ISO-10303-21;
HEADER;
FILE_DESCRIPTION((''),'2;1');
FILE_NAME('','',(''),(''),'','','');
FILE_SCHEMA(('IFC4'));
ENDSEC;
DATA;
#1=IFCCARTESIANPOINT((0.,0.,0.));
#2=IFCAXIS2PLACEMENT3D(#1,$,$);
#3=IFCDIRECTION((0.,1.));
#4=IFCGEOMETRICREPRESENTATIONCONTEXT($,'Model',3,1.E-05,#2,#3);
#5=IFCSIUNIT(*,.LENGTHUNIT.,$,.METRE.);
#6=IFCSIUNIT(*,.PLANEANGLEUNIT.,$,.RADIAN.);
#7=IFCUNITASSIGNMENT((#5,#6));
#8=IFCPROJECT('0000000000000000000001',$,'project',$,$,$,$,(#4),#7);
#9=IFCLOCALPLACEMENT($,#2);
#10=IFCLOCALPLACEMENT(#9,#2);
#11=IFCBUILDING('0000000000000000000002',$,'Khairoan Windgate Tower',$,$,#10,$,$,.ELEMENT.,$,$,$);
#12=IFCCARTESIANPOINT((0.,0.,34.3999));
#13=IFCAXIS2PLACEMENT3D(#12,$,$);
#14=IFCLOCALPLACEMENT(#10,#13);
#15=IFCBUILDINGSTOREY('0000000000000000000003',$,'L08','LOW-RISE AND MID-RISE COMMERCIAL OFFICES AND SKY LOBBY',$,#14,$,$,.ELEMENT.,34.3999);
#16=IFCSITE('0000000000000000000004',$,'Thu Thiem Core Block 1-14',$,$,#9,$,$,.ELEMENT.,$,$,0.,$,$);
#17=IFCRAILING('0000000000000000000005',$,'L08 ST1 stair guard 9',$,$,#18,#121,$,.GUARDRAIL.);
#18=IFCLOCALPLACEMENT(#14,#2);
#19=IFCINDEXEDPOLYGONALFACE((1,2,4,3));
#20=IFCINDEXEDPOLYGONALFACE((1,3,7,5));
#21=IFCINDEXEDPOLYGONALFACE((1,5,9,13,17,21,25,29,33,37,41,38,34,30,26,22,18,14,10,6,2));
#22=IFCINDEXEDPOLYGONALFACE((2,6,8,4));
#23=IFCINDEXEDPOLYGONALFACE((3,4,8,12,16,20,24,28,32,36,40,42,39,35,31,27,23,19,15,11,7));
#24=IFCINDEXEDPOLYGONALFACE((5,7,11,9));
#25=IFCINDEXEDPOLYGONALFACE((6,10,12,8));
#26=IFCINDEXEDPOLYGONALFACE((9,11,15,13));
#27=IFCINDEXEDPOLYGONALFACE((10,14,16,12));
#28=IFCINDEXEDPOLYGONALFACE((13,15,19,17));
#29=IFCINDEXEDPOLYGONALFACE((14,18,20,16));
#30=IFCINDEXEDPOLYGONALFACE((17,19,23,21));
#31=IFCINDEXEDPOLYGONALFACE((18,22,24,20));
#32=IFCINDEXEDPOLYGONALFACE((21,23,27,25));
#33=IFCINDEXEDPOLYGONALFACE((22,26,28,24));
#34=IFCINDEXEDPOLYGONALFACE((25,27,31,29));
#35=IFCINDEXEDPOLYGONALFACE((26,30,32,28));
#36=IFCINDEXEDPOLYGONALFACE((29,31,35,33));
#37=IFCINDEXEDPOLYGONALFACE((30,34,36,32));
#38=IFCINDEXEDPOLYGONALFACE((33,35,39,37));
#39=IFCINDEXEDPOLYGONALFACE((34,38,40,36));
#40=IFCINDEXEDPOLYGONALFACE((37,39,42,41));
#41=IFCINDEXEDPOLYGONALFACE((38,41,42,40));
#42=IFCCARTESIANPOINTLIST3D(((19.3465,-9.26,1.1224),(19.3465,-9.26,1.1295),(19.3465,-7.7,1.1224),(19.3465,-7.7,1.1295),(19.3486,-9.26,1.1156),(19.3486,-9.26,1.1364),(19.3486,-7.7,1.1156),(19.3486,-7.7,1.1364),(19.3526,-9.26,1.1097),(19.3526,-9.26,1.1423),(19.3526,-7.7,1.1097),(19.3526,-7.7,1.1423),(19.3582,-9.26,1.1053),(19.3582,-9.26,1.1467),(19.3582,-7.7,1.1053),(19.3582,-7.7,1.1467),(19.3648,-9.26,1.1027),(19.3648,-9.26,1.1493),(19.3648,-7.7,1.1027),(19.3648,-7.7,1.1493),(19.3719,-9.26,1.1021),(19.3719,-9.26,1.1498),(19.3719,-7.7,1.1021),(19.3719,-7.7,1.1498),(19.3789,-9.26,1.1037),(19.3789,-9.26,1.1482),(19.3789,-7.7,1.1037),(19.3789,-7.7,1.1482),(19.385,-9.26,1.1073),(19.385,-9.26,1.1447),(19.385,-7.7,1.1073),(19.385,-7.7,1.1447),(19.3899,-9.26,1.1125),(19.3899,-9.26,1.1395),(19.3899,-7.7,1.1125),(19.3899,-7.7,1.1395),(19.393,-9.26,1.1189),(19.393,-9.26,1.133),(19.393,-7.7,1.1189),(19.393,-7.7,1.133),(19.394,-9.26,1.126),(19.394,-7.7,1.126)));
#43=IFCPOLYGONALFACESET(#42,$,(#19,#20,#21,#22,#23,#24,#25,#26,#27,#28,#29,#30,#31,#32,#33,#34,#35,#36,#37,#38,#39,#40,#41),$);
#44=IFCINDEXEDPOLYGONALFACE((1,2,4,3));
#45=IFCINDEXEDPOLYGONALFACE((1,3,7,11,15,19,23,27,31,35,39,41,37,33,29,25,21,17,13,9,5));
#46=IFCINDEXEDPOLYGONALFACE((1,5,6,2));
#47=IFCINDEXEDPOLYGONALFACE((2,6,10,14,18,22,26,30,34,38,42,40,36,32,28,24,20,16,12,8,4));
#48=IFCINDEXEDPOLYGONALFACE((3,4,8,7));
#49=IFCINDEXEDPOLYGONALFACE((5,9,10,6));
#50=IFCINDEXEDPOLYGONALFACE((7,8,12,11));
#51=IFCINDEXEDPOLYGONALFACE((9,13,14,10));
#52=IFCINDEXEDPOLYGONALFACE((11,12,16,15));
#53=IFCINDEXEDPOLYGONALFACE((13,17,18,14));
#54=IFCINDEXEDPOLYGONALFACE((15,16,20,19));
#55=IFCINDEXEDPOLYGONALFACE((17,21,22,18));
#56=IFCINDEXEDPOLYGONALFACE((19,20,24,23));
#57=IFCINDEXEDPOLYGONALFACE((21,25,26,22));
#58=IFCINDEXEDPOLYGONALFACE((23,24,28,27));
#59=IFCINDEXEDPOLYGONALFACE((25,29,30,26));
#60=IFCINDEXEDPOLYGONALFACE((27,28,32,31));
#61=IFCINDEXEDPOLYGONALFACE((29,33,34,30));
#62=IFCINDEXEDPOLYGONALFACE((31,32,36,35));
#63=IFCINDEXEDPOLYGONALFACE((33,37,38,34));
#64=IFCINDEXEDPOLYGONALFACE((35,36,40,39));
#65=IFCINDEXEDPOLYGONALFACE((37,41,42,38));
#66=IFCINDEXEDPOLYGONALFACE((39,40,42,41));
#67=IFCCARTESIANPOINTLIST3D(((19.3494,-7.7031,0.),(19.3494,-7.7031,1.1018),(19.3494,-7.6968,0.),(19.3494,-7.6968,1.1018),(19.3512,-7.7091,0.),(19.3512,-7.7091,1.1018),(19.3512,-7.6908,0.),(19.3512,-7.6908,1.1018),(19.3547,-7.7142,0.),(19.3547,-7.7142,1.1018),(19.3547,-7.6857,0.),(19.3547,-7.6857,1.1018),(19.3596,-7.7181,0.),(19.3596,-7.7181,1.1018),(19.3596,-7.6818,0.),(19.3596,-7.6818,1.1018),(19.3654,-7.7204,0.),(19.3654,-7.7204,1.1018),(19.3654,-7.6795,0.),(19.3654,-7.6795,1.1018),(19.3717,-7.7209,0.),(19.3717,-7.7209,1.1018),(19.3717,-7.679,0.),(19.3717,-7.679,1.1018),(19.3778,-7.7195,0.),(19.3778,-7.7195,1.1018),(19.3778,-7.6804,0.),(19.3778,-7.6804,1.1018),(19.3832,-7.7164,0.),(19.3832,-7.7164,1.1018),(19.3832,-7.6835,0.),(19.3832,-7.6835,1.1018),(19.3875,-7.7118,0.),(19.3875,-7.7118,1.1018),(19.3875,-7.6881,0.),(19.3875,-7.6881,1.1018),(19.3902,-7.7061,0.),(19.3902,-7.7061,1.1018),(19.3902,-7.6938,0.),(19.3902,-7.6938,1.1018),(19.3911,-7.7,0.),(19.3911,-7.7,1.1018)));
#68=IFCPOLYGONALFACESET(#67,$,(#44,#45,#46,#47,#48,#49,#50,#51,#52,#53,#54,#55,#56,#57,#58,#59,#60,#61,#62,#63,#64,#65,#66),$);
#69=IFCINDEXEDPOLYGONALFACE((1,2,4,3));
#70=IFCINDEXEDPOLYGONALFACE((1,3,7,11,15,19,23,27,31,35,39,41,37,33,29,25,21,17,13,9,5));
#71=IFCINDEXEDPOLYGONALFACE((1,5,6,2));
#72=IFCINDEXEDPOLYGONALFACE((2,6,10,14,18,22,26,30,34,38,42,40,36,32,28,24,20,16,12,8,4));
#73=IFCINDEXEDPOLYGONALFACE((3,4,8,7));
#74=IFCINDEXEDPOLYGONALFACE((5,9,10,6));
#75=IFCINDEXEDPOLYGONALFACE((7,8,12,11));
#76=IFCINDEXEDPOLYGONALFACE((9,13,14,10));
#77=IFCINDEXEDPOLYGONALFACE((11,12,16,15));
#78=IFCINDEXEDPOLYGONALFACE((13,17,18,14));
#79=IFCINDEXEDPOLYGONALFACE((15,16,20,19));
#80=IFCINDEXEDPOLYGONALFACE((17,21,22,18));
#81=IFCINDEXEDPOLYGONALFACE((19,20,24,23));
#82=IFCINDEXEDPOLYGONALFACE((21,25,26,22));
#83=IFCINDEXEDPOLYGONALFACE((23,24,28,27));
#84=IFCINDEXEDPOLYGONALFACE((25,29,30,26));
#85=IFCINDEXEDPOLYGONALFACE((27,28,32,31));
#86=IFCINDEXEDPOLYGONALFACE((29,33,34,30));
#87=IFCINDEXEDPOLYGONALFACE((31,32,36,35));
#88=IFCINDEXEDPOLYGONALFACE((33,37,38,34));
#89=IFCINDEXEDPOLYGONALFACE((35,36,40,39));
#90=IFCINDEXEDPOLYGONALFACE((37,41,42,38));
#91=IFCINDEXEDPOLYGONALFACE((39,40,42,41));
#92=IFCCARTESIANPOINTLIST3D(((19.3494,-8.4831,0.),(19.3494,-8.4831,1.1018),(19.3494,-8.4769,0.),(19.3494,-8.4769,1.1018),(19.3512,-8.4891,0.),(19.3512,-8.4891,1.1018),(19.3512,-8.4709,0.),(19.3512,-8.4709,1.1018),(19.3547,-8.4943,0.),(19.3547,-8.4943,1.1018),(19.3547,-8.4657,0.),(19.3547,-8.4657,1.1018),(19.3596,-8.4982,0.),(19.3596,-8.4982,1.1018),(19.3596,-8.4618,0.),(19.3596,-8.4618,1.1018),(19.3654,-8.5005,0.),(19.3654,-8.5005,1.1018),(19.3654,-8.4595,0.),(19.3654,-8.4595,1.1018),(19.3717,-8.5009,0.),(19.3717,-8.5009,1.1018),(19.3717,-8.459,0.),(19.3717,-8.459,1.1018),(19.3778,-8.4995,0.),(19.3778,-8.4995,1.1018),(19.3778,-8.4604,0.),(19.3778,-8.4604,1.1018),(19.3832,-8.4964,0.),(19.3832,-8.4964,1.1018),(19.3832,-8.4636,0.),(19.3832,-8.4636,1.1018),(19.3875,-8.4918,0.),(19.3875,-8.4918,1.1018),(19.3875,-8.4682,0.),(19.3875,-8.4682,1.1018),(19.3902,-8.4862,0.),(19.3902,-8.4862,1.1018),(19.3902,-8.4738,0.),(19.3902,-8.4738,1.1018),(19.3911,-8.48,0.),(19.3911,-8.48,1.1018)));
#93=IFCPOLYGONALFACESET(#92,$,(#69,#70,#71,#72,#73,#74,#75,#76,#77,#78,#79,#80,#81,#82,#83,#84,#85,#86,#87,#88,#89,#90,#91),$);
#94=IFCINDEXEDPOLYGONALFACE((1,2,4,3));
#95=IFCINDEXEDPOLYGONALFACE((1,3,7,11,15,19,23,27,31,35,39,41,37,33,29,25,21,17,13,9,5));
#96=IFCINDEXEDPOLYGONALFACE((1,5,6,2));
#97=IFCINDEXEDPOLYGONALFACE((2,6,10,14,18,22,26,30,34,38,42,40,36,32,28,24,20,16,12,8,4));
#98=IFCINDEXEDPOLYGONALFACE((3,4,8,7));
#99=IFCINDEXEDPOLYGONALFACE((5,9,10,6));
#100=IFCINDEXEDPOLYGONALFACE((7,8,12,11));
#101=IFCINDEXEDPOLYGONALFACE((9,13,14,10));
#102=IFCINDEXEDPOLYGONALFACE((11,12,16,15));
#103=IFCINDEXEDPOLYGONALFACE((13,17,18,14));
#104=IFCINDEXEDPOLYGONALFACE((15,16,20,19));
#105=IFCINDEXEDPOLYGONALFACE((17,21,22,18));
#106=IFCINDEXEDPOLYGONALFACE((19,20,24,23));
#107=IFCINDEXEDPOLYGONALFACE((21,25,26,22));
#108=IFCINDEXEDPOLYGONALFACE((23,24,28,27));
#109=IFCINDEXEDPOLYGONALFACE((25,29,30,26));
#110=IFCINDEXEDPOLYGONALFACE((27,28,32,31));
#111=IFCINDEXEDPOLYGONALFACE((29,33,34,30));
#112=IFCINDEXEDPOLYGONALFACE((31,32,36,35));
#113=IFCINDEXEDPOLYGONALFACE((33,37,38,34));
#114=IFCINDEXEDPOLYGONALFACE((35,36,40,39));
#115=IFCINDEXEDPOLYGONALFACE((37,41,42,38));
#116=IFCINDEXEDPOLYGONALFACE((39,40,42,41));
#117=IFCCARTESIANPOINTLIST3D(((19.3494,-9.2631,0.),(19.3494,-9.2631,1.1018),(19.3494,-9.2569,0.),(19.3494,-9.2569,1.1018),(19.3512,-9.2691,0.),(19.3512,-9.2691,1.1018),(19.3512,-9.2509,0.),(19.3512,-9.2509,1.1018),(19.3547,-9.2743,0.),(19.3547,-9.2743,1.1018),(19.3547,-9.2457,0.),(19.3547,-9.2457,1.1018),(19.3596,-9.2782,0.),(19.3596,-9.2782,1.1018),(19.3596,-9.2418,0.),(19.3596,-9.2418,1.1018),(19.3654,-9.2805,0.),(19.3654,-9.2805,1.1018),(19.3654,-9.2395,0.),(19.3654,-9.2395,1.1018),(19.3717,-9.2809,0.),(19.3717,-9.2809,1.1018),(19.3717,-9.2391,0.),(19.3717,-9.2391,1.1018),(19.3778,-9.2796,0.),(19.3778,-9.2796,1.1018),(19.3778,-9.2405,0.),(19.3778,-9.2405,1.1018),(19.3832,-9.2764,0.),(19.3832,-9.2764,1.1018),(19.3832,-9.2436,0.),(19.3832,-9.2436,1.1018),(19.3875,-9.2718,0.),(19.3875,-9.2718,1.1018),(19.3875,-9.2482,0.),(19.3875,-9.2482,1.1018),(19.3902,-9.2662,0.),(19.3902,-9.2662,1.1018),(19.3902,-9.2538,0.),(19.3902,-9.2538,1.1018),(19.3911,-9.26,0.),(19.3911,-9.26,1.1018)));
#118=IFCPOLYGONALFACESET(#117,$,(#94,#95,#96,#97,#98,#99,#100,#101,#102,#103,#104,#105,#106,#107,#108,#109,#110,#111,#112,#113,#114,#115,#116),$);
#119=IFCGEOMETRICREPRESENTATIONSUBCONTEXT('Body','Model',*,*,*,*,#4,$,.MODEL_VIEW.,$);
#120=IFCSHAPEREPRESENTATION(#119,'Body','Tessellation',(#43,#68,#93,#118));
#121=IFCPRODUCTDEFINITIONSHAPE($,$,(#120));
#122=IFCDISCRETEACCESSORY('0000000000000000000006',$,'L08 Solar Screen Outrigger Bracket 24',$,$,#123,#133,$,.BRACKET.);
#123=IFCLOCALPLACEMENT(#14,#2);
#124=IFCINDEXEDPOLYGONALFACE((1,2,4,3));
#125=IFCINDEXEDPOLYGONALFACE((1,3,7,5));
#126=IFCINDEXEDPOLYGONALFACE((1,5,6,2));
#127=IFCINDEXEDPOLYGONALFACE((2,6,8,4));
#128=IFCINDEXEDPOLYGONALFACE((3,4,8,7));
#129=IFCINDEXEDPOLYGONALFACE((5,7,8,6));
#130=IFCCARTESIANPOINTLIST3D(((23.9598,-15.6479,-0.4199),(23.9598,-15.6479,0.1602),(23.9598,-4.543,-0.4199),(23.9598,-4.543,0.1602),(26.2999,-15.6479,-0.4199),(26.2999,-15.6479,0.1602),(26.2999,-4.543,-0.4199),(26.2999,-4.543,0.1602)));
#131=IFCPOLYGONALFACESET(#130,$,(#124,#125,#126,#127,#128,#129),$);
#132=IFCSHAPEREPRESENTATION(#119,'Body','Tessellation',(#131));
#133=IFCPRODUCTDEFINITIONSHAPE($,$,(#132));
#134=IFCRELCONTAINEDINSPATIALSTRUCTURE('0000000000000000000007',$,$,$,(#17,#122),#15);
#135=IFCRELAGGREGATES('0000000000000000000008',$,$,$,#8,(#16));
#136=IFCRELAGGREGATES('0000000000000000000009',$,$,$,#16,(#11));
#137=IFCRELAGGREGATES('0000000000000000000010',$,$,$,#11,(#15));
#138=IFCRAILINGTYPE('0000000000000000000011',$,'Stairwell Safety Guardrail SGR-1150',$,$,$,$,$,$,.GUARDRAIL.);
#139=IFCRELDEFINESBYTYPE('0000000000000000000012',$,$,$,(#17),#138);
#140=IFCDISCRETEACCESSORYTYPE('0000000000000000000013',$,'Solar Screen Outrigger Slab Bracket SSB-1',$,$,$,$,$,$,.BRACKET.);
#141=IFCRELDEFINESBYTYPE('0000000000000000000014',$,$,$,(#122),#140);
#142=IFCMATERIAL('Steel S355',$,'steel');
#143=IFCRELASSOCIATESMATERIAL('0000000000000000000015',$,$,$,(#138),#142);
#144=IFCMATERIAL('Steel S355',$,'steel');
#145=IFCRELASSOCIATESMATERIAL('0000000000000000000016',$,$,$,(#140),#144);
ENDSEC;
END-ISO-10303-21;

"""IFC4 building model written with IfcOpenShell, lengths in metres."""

from ifc_helpers import new_model, si_unit, direction, frame, origin, origin_2d, place, context, subcontext, project, spatial, rectangle, circle, extrude, material, type_object, element, save


model = new_model("IFC4")

# Units and contexts
model_context = context("Model", 3, precision=1e-05, world=origin(), true_north=direction((0.0, 1.0)))
body_context = subcontext(model_context, "Body", "Model", "MODEL_VIEW")
ifc_project = project(units=[si_unit("LENGTHUNIT", "METRE"), si_unit("PLANEANGLEUNIT", "RADIAN")], contexts=[model_context])

# Site, building, storey
site_placement = place(None, origin())
site = spatial("IfcSite", under=ifc_project, at=site_placement, Name="Thu Thiem Core Block 1-14", CompositionType="ELEMENT", RefElevation=0.0)
building_placement = place(site_placement, origin())
building = spatial("IfcBuilding", under=site, at=building_placement, Name="Khairoan Windgate Tower", CompositionType="ELEMENT")
storey_placement = place(building_placement, frame((0.0, 0.0, 34.3999)))
storey = spatial("IfcBuildingStorey", under=building, at=storey_placement, Name="L08", Description="LOW-RISE AND MID-RISE COMMERCIAL OFFICES AND SKY LOBBY", CompositionType="ELEMENT", Elevation=34.3999)

# Railing
ifc_material_1 = material(Name="Steel S355", Category="steel")
railing_type = type_object("IfcRailingType", Name="Stairwell Safety Guardrail SGR-1150", PredefinedType="GUARDRAIL", material=ifc_material_1)
for number, where, name in (
    (1, (19.3701, -7.7, 0.0), "L08 ST1 stair guard 9"),
):
    element("IfcRailing", number, at=place(storey_placement, frame(where)), inside=storey, type_object=railing_type, Name=name, PredefinedType="GUARDRAIL", context=body_context, shape_type="SweptSolid", body=[
        extrude(circle(Radius=0.0239, at=origin_2d()), frame((0.0, 0.0, 1.126), z_axis=(0.0, -1.0, 0.0), x_axis=(1.0, 0.0, 0.0)), (0.0, 0.0, 1.0), 1.5601),
        extrude(circle(Radius=0.021, at=origin_2d()), origin(), (0.0, 0.0, 1.0), 1.1018),
        extrude(circle(Radius=0.021, at=origin_2d()), frame((0.0, -0.78, 0.0)), (0.0, 0.0, 1.0), 1.1018),
        extrude(circle(Radius=0.021, at=origin_2d()), frame((0.0, -1.5601, 0.0)), (0.0, 0.0, 1.0), 1.1018),
    ])

# Discrete accessory
ifc_material_2 = material(Name="Steel S355", Category="steel")
discrete_accessory_type = type_object("IfcDiscreteAccessoryType", Name="Solar Screen Outrigger Slab Bracket SSB-1", PredefinedType="BRACKET", material=ifc_material_2)
discrete_accessory_placement = place(storey_placement, frame((25.1299, -10.0955, -0.4199), z_axis=(0.0, 0.0, 1.0), x_axis=(0.0, -1.0, 0.0)))
element("IfcDiscreteAccessory", 2, at=discrete_accessory_placement, inside=storey, type_object=discrete_accessory_type, Name="L08 Solar Screen Outrigger Bracket 24", PredefinedType="BRACKET", context=body_context, shape_type="SweptSolid", body=[
    extrude(rectangle(XDim=11.105, YDim=2.3401, at=origin_2d()), origin(), (0.0, 0.0, 1.0), 0.5801),
])

save(model, "model.ifc")
